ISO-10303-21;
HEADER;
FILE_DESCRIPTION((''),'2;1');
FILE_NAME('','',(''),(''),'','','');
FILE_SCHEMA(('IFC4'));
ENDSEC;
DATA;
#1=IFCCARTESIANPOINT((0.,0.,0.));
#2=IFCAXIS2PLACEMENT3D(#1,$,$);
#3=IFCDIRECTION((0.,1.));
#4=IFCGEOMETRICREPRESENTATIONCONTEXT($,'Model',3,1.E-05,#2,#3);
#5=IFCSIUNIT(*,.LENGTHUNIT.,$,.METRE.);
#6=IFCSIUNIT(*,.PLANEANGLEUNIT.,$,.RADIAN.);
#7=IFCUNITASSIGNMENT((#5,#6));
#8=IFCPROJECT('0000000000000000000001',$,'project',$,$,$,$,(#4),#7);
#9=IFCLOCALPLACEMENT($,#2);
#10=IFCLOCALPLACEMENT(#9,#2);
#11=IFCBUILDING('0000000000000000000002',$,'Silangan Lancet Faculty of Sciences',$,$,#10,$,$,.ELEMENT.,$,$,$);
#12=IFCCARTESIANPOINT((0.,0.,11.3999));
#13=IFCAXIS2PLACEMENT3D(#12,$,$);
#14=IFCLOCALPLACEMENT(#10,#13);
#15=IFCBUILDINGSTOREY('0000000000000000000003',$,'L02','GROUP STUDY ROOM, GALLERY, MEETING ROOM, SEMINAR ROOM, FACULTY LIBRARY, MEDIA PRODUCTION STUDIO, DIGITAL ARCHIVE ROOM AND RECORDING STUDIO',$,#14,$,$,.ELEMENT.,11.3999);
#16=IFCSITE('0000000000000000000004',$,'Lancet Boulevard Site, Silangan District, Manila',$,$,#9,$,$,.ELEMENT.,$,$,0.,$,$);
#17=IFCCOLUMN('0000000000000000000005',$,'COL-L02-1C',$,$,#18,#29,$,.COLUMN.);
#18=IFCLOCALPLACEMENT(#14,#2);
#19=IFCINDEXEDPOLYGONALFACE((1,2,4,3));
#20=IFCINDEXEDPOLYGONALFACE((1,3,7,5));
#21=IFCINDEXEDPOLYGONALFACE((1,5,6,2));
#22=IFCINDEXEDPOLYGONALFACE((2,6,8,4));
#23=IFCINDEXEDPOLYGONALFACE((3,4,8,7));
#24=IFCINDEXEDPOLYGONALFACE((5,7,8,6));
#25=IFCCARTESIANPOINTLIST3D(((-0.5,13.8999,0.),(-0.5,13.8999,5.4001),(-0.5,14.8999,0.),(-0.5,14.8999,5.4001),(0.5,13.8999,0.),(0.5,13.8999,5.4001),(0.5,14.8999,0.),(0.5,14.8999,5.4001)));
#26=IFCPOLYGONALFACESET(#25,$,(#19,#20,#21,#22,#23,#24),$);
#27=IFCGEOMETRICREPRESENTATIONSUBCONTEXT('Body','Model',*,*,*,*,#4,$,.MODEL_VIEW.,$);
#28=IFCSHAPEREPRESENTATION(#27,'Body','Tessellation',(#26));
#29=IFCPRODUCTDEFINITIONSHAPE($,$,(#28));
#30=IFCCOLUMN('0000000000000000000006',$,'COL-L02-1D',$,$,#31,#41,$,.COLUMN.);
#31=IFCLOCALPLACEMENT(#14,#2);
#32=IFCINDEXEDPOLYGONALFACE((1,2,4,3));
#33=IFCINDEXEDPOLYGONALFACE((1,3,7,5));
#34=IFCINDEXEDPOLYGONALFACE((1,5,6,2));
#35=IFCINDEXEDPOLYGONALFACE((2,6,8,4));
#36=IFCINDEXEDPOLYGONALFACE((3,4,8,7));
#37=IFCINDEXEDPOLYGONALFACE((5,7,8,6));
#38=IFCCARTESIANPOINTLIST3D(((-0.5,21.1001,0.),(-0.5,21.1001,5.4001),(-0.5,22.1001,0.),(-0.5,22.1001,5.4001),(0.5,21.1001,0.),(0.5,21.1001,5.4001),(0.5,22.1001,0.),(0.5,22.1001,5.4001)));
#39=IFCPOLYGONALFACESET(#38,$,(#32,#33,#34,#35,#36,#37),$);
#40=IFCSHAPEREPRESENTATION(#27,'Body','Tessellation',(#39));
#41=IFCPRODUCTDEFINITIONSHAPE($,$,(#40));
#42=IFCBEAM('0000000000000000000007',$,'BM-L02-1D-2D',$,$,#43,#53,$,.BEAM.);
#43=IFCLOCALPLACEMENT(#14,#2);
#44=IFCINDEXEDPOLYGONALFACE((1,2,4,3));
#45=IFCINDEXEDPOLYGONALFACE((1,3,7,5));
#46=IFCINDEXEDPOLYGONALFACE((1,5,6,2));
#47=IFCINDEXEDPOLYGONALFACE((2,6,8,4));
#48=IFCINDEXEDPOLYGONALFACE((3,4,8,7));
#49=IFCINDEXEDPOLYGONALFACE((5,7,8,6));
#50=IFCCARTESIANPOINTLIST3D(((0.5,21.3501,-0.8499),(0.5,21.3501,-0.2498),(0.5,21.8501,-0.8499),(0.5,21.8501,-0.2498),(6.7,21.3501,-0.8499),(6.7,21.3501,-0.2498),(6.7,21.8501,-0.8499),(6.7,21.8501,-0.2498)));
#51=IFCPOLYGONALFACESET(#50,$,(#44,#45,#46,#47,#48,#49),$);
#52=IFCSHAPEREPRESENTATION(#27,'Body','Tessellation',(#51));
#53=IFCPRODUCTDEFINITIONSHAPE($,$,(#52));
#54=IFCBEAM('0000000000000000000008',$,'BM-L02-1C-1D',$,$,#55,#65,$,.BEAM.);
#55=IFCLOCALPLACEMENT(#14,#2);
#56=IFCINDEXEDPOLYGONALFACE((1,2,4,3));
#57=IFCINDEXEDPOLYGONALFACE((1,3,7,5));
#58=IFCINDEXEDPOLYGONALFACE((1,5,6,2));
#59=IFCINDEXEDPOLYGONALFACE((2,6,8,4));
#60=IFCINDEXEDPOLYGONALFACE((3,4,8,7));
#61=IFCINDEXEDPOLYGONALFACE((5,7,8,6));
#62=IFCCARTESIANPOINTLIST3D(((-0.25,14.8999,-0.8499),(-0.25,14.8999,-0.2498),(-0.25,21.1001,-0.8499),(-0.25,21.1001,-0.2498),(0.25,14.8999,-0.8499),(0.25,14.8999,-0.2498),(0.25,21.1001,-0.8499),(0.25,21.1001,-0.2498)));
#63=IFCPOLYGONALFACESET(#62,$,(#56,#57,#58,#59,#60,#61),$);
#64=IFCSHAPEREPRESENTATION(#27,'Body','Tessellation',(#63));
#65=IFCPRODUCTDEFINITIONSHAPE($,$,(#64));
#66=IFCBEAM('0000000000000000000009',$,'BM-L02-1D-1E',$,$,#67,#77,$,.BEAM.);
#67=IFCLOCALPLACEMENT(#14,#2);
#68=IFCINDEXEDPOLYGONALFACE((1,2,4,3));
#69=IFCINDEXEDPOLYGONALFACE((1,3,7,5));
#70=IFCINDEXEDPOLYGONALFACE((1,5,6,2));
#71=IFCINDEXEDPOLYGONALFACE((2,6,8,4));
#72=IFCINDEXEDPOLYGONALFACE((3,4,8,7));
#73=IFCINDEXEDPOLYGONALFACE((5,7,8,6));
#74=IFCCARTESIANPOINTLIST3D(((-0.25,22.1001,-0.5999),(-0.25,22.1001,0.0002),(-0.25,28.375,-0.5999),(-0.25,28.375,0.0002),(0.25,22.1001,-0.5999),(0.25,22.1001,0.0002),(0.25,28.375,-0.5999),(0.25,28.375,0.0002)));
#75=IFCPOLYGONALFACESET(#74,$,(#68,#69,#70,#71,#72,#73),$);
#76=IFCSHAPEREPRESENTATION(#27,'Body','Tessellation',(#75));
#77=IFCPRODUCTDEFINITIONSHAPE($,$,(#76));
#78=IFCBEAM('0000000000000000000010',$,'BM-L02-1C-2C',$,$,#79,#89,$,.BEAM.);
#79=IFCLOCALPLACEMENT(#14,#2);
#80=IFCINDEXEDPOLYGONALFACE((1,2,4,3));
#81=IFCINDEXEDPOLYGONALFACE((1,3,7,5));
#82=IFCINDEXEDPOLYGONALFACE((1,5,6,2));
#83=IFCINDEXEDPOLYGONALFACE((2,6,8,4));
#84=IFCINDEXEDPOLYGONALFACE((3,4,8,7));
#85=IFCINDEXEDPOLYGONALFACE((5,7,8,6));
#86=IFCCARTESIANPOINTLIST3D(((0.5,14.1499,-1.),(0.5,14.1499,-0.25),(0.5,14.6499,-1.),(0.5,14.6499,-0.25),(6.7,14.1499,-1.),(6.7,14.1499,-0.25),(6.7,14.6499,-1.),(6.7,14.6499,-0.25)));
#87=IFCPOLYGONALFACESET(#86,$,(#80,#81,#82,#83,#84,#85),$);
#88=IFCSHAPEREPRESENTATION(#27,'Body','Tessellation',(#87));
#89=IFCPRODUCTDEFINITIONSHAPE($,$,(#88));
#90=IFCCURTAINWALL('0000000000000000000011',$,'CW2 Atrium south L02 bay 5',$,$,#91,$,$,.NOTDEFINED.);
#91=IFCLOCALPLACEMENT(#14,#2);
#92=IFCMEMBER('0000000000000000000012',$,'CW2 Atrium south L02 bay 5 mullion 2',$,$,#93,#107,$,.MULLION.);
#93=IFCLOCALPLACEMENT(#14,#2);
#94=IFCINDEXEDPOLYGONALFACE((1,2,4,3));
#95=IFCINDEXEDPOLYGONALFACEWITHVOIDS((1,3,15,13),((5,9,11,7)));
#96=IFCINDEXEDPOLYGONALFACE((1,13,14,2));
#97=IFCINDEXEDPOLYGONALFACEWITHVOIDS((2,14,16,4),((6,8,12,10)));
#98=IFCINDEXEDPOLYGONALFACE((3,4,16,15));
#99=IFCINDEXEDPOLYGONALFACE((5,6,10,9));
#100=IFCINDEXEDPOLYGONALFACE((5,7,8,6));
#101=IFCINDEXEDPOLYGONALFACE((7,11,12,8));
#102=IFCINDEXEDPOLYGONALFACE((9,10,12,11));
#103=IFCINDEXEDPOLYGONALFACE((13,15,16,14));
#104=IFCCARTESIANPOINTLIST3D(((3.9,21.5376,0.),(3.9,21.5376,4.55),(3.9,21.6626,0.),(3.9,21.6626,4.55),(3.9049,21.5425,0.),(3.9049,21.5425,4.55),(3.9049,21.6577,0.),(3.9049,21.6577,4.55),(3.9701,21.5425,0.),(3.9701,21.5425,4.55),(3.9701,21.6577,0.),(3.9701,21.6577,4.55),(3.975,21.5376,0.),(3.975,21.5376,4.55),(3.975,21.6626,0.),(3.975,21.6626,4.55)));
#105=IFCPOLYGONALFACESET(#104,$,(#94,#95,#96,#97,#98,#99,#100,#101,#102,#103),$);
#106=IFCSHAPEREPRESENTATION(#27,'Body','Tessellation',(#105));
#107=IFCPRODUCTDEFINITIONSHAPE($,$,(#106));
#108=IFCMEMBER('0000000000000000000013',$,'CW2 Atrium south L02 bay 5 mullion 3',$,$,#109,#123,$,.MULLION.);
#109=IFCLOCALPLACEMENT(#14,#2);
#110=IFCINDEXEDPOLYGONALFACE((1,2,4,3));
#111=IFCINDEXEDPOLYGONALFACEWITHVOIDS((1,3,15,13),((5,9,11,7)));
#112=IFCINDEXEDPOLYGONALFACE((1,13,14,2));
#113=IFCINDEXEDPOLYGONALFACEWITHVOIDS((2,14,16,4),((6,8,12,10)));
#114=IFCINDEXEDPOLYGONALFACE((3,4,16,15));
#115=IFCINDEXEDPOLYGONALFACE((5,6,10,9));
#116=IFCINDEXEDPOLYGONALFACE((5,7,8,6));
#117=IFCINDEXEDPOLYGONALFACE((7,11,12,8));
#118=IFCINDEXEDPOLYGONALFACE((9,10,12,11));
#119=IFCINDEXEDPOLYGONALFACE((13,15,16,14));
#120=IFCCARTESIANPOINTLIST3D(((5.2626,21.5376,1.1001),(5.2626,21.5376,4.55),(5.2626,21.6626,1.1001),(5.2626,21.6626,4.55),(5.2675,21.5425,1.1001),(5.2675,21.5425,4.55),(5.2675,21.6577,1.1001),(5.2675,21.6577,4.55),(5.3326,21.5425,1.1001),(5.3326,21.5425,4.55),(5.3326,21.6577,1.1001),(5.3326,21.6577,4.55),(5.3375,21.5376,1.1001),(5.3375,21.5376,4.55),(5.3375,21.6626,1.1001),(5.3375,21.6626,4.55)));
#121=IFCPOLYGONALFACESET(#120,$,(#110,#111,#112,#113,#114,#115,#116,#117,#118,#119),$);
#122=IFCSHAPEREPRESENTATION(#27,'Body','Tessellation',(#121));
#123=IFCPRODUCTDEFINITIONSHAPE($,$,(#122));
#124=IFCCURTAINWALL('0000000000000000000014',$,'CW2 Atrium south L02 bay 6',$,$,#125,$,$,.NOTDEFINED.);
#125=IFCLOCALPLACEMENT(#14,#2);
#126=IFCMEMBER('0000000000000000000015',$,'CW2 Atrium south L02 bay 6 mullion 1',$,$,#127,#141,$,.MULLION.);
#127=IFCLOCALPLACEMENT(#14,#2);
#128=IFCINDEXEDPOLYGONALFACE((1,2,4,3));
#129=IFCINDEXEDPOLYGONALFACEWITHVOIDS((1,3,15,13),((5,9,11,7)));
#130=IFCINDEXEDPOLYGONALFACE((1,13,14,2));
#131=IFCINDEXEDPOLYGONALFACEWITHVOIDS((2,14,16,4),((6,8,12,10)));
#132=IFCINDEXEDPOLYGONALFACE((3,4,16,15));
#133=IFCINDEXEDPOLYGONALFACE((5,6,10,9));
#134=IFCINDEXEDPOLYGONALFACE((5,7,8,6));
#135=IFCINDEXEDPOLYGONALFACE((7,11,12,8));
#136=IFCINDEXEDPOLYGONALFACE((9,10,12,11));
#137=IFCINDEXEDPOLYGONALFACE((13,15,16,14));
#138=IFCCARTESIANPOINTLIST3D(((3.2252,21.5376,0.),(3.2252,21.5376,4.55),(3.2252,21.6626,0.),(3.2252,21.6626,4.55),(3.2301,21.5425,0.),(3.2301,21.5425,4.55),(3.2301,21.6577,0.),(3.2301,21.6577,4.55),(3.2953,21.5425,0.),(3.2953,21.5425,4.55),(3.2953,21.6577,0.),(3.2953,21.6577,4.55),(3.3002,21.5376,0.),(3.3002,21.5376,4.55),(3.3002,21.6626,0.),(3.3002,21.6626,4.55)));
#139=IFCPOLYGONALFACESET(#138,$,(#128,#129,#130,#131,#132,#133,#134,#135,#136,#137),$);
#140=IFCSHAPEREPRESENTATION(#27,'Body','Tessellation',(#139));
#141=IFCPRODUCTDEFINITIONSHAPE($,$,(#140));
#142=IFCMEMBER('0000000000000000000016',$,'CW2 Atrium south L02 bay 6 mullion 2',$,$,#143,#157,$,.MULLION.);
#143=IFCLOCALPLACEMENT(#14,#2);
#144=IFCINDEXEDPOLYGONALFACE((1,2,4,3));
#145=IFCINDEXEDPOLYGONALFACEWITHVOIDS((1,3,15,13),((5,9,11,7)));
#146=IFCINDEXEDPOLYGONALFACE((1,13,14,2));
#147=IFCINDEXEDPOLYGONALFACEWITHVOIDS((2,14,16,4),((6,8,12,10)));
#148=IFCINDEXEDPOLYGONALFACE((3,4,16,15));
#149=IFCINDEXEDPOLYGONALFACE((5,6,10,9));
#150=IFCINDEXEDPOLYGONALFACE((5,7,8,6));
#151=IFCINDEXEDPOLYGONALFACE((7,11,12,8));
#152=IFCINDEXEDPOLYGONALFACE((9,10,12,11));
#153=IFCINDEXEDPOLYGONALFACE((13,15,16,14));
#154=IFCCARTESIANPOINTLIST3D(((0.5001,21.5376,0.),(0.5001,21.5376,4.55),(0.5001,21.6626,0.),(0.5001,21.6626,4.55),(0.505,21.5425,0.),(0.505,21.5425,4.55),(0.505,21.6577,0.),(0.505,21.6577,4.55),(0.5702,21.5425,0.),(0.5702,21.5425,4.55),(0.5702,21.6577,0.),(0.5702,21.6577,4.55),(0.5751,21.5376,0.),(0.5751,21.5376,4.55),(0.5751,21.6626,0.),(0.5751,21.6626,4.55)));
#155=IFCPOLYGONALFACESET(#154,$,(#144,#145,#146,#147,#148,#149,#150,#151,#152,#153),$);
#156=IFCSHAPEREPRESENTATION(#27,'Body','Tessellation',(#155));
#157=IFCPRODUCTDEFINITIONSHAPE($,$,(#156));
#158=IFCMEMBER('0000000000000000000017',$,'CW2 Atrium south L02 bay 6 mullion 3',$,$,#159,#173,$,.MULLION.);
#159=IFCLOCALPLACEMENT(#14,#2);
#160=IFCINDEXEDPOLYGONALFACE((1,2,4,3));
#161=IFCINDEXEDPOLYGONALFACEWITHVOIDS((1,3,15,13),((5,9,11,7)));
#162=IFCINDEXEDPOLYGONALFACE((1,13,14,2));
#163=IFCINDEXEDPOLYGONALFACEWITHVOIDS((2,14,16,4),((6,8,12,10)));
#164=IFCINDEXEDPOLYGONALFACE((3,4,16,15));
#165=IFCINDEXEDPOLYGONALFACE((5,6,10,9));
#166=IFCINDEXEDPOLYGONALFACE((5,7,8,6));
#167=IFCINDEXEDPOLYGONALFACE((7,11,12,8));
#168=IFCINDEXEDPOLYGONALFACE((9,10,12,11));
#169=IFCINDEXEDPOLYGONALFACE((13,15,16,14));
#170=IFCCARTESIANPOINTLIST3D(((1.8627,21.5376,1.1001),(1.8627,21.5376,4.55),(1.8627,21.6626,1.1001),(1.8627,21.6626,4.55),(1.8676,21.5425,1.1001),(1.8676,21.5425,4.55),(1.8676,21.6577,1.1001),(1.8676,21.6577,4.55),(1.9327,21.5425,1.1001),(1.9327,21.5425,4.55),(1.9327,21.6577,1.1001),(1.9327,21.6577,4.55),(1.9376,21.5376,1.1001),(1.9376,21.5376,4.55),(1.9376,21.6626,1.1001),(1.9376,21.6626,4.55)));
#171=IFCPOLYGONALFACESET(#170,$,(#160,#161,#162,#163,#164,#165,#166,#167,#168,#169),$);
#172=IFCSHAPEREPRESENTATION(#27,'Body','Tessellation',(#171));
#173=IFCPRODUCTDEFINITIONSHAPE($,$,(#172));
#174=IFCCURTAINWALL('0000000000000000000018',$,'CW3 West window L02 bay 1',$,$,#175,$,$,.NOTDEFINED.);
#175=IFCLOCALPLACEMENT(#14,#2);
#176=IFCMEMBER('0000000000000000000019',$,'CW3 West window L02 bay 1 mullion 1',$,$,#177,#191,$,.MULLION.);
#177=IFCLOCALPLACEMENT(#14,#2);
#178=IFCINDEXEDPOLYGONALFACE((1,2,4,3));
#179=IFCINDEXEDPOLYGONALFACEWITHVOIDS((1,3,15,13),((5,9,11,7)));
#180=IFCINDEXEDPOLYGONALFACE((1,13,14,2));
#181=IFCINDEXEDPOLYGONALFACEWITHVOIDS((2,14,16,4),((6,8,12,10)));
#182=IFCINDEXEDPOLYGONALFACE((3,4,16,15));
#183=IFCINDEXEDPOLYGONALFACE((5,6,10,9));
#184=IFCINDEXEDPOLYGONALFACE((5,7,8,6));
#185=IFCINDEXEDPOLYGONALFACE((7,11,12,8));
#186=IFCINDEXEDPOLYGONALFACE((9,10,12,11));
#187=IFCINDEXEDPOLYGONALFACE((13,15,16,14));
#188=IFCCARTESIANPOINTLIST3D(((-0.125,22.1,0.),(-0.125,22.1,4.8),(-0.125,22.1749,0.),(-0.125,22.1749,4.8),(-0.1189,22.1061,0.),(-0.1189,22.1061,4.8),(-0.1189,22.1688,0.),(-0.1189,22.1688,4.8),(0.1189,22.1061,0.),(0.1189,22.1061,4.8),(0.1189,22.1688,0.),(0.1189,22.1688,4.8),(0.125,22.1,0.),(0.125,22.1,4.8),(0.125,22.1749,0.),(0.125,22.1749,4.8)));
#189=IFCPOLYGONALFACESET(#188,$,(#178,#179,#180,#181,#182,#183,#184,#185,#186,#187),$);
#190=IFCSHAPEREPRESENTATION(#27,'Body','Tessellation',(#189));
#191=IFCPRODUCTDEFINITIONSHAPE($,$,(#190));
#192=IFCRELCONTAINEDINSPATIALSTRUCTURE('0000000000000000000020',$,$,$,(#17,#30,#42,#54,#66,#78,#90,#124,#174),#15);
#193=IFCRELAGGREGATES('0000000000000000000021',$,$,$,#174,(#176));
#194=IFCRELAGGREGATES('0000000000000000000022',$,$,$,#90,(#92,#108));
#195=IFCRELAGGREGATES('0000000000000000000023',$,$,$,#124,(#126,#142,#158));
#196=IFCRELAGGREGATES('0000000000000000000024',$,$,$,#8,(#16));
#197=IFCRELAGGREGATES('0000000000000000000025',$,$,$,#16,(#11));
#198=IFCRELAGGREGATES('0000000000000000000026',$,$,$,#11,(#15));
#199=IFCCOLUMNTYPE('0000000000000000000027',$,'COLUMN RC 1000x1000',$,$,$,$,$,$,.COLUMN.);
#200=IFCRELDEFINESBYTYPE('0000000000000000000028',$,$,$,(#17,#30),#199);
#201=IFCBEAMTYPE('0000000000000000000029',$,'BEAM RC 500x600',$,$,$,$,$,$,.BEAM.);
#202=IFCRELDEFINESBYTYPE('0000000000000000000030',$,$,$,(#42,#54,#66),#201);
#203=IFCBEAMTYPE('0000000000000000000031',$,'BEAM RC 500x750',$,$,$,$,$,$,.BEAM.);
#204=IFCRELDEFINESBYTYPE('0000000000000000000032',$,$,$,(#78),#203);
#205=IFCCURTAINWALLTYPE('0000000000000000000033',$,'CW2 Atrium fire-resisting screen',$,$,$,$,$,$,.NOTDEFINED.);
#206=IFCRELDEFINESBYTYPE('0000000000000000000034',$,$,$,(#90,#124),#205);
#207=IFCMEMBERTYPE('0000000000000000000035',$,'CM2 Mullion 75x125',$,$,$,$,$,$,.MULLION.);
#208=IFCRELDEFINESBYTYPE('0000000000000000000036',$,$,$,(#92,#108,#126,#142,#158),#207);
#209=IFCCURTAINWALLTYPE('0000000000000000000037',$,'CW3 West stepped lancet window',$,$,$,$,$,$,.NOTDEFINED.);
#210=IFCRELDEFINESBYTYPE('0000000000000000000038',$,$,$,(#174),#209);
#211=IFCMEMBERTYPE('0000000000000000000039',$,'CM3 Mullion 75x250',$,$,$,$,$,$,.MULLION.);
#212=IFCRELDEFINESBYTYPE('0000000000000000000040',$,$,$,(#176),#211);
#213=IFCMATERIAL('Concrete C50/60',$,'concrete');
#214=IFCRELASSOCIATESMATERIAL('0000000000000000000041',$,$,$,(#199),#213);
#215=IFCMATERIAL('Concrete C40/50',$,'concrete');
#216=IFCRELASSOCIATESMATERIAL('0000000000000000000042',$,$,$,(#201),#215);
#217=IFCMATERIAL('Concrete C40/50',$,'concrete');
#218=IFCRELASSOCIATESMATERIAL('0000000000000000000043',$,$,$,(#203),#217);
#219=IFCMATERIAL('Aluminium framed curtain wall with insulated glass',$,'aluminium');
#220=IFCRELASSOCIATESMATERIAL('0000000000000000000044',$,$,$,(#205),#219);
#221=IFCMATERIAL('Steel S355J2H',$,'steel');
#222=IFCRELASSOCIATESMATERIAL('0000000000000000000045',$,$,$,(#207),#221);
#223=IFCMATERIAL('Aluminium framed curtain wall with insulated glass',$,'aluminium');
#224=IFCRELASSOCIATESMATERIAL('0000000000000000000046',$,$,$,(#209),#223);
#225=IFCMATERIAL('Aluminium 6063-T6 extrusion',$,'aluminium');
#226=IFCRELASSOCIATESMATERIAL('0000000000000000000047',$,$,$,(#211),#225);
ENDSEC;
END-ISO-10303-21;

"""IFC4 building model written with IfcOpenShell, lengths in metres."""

from ifc_helpers import new_model, si_unit, direction, frame, origin, origin_2d, place, context, subcontext, project, spatial, rectangle, hollow_rectangle, extrude, material, material_profile, profile_set, type_object, element, aggregate, save


model = new_model("IFC4")

# Units and contexts
model_context = context("Model", 3, precision=1e-05, world=origin(), true_north=direction((0.0, 1.0)))
body_context = subcontext(model_context, "Body", "Model", "MODEL_VIEW")
ifc_project = project(units=[si_unit("LENGTHUNIT", "METRE"), si_unit("PLANEANGLEUNIT", "RADIAN")], contexts=[model_context])

# Site, building, storey
site_placement = place(None, origin())
site = spatial("IfcSite", under=ifc_project, at=site_placement, Name="Lancet Boulevard Site, Silangan District, Manila", CompositionType="ELEMENT", RefElevation=0.0)
building_placement = place(site_placement, origin())
building = spatial("IfcBuilding", under=site, at=building_placement, Name="Silangan Lancet Faculty of Sciences", CompositionType="ELEMENT")
storey_placement = place(building_placement, frame((0.0, 0.0, 11.3999)))
storey = spatial("IfcBuildingStorey", under=building, at=storey_placement, Name="L02", Description="GROUP STUDY ROOM, GALLERY, MEETING ROOM, SEMINAR ROOM, FACULTY LIBRARY, MEDIA PRODUCTION STUDIO, DIGITAL ARCHIVE ROOM AND RECORDING STUDIO", CompositionType="ELEMENT", Elevation=11.3999)

# Columns
ifc_material_1 = material(Name="Concrete C50/60", Category="concrete")
ifc_material_profile_1 = material_profile(ifc_material_1, rectangle(XDim=1.0, YDim=1.0, at=origin_2d()), Name="RC 1000x1000")
ifc_profile_set_1 = profile_set([ifc_material_profile_1], Name="Concrete C50/60")
column_type = type_object("IfcColumnType", Name="COLUMN RC 1000x1000", PredefinedType="COLUMN", material=ifc_profile_set_1)
for number, where, z_axis, x_axis, name in (
    (1, (0.0, 14.3999, 0.0), (0.0, 0.0, 1.0), (1.0, 0.0, 0.0), "COL-L02-1C"),
    (2, (0.0, 21.6001, 0.0), (0.0, 0.0, 1.0), (1.0, 0.0, 0.0), "COL-L02-1D"),
):
    element("IfcColumn", number, at=place(storey_placement, frame(where, z_axis=z_axis, x_axis=x_axis)), inside=storey, type_object=column_type, Name=name, PredefinedType="COLUMN", context=body_context, shape_type="SweptSolid", body=[
        extrude(rectangle(XDim=1.0, YDim=1.0, at=origin_2d()), origin(), (0.0, 0.0, 1.0), 5.4001),
    ])

# Beams
ifc_material_2 = material(Name="Concrete C40/50", Category="concrete")
ifc_material_profile_2 = material_profile(ifc_material_2, rectangle(XDim=0.5, YDim=0.6001, at=origin_2d()), Name="RC 500x600")
ifc_profile_set_2 = profile_set([ifc_material_profile_2], Name="Concrete C40/50")
beam_type_1 = type_object("IfcBeamType", Name="BEAM RC 500x600", PredefinedType="BEAM", material=ifc_profile_set_2)
beam_1_placement = place(storey_placement, frame((0.5, 21.6001, -0.5498), z_axis=(1.0, 0.0, 0.0), x_axis=(0.0, 1.0, 0.0)))
element("IfcBeam", 3, at=beam_1_placement, inside=storey, type_object=beam_type_1, Name="BM-L02-1D-2D", PredefinedType="BEAM", context=body_context, shape_type="SweptSolid", body=[
    extrude(rectangle(XDim=0.5, YDim=0.6001, at=origin_2d()), origin(), (0.0, 0.0, 1.0), 6.2),
])
beam_2_placement = place(storey_placement, frame((0.0, 14.8999, -0.5498), z_axis=(0.0, 1.0, 0.0), x_axis=(-1.0, 0.0, 0.0)))
element("IfcBeam", 4, at=beam_2_placement, inside=storey, type_object=beam_type_1, Name="BM-L02-1C-1D", PredefinedType="BEAM", context=body_context, shape_type="SweptSolid", body=[
    extrude(rectangle(XDim=0.5, YDim=0.6001, at=origin_2d()), origin(), (0.0, 0.0, 1.0), 6.2002),
])
beam_3_placement = place(storey_placement, frame((0.0, 22.1001, -0.2998), z_axis=(0.0, 1.0, 0.0), x_axis=(-1.0, 0.0, 0.0)))
element("IfcBeam", 5, at=beam_3_placement, inside=storey, type_object=beam_type_1, Name="BM-L02-1D-1E", PredefinedType="BEAM", context=body_context, shape_type="SweptSolid", body=[
    extrude(rectangle(XDim=0.5, YDim=0.6001, at=origin_2d()), origin(), (0.0, 0.0, 1.0), 6.2749),
])
ifc_material_3 = material(Name="Concrete C40/50", Category="concrete")
ifc_material_profile_3 = material_profile(ifc_material_3, rectangle(XDim=0.5, YDim=0.75, at=origin_2d()), Name="RC 500x750")
ifc_profile_set_3 = profile_set([ifc_material_profile_3], Name="Concrete C40/50")
beam_type_2 = type_object("IfcBeamType", Name="BEAM RC 500x750", PredefinedType="BEAM", material=ifc_profile_set_3)
beam_4_placement = place(storey_placement, frame((0.5, 14.3999, -0.625), z_axis=(1.0, 0.0, 0.0), x_axis=(0.0, 1.0, 0.0)))
element("IfcBeam", 6, at=beam_4_placement, inside=storey, type_object=beam_type_2, Name="BM-L02-1C-2C", PredefinedType="BEAM", context=body_context, shape_type="SweptSolid", body=[
    extrude(rectangle(XDim=0.5, YDim=0.75, at=origin_2d()), origin(), (0.0, 0.0, 1.0), 6.2),
])

# Curtain walls, members
ifc_material_4 = material(Name="Aluminium framed curtain wall with insulated glass", Category="aluminium")
curtain_wall_type_1 = type_object("IfcCurtainWallType", Name="CW2 Atrium fire-resisting screen", PredefinedType="NOTDEFINED", material=ifc_material_4)
curtain_wall_1_placement = place(storey_placement, origin())
curtain_wall_1 = element("IfcCurtainWall", 7, at=curtain_wall_1_placement, inside=storey, type_object=curtain_wall_type_1, Name="CW2 Atrium south L02 bay 5", PredefinedType="NOTDEFINED")
ifc_material_5 = material(Name="Steel S355J2H", Category="steel")
ifc_material_profile_4 = material_profile(ifc_material_5, hollow_rectangle(XDim=0.075, YDim=0.125, WallThickness=0.0049, at=origin_2d()), Name="ST BOX 75x125x5")
ifc_profile_set_4 = profile_set([ifc_material_profile_4], Name="Steel S355J2H")
member_type_1 = type_object("IfcMemberType", Name="CM2 Mullion 75x125", PredefinedType="MULLION", material=ifc_profile_set_4)
member_1_placement = place(storey_placement, frame((3.9375, 21.6001, 0.0), z_axis=(0.0, 0.0, 1.0), x_axis=(-1.0, 0.0, 0.0)))
member_1 = element("IfcMember", 8, at=member_1_placement, type_object=member_type_1, Name="CW2 Atrium south L02 bay 5 mullion 2", PredefinedType="MULLION", context=body_context, shape_type="SweptSolid", body=[
    extrude(hollow_rectangle(XDim=0.075, YDim=0.125, WallThickness=0.0049, at=origin_2d()), origin(), (0.0, 0.0, 1.0), 4.55),
])
member_2_placement = place(storey_placement, frame((5.3, 21.6001, 1.1001), z_axis=(0.0, 0.0, 1.0), x_axis=(-1.0, 0.0, 0.0)))
member_2 = element("IfcMember", 9, at=member_2_placement, type_object=member_type_1, Name="CW2 Atrium south L02 bay 5 mullion 3", PredefinedType="MULLION", context=body_context, shape_type="SweptSolid", body=[
    extrude(hollow_rectangle(XDim=0.075, YDim=0.125, WallThickness=0.0049, at=origin_2d()), origin(), (0.0, 0.0, 1.0), 3.45),
])
curtain_wall_2_placement = place(storey_placement, origin())
curtain_wall_2 = element("IfcCurtainWall", 10, at=curtain_wall_2_placement, inside=storey, type_object=curtain_wall_type_1, Name="CW2 Atrium south L02 bay 6", PredefinedType="NOTDEFINED")
member_3_placement = place(storey_placement, frame((3.2627, 21.6001, 0.0), z_axis=(0.0, 0.0, 1.0), x_axis=(-1.0, 0.0, 0.0)))
member_3 = element("IfcMember", 11, at=member_3_placement, type_object=member_type_1, Name="CW2 Atrium south L02 bay 6 mullion 1", PredefinedType="MULLION", context=body_context, shape_type="SweptSolid", body=[
    extrude(hollow_rectangle(XDim=0.075, YDim=0.125, WallThickness=0.0049, at=origin_2d()), origin(), (0.0, 0.0, 1.0), 4.55),
])
member_4_placement = place(storey_placement, frame((0.5376, 21.6001, 0.0), z_axis=(0.0, 0.0, 1.0), x_axis=(-1.0, 0.0, 0.0)))
member_4 = element("IfcMember", 12, at=member_4_placement, type_object=member_type_1, Name="CW2 Atrium south L02 bay 6 mullion 2", PredefinedType="MULLION", context=body_context, shape_type="SweptSolid", body=[
    extrude(hollow_rectangle(XDim=0.075, YDim=0.125, WallThickness=0.0049, at=origin_2d()), origin(), (0.0, 0.0, 1.0), 4.55),
])
member_5_placement = place(storey_placement, frame((1.9001, 21.6001, 1.1001), z_axis=(0.0, 0.0, 1.0), x_axis=(-1.0, 0.0, 0.0)))
member_5 = element("IfcMember", 13, at=member_5_placement, type_object=member_type_1, Name="CW2 Atrium south L02 bay 6 mullion 3", PredefinedType="MULLION", context=body_context, shape_type="SweptSolid", body=[
    extrude(hollow_rectangle(XDim=0.075, YDim=0.125, WallThickness=0.0049, at=origin_2d()), origin(), (0.0, 0.0, 1.0), 3.45),
])
ifc_material_6 = material(Name="Aluminium framed curtain wall with insulated glass", Category="aluminium")
curtain_wall_type_2 = type_object("IfcCurtainWallType", Name="CW3 West stepped lancet window", PredefinedType="NOTDEFINED", material=ifc_material_6)
curtain_wall_3_placement = place(storey_placement, origin())
curtain_wall_3 = element("IfcCurtainWall", 14, at=curtain_wall_3_placement, inside=storey, type_object=curtain_wall_type_2, Name="CW3 West window L02 bay 1", PredefinedType="NOTDEFINED")
ifc_material_7 = material(Name="Aluminium 6063-T6 extrusion", Category="aluminium")
ifc_material_profile_5 = material_profile(ifc_material_7, hollow_rectangle(XDim=0.075, YDim=0.25, WallThickness=0.0061, at=origin_2d()), Name="AL BOX 75x250x6")
ifc_profile_set_5 = profile_set([ifc_material_profile_5], Name="Aluminium 6063-T6 extrusion")
member_type_2 = type_object("IfcMemberType", Name="CM3 Mullion 75x250", PredefinedType="MULLION", material=ifc_profile_set_5)
member_6_placement = place(storey_placement, frame((0.0, 22.1375, 0.0), z_axis=(0.0, 0.0, 1.0), x_axis=(0.0, 1.0, 0.0)))
member_6 = element("IfcMember", 15, at=member_6_placement, type_object=member_type_2, Name="CW3 West window L02 bay 1 mullion 1", PredefinedType="MULLION", context=body_context, shape_type="SweptSolid", body=[
    extrude(hollow_rectangle(XDim=0.075, YDim=0.25, WallThickness=0.0061, at=origin_2d()), origin(), (0.0, 0.0, 1.0), 4.8),
])

aggregate(curtain_wall_3, [member_6])
aggregate(curtain_wall_1, [member_1, member_2])
aggregate(curtain_wall_2, [member_3, member_4, member_5])

save(model, "model.ifc")
